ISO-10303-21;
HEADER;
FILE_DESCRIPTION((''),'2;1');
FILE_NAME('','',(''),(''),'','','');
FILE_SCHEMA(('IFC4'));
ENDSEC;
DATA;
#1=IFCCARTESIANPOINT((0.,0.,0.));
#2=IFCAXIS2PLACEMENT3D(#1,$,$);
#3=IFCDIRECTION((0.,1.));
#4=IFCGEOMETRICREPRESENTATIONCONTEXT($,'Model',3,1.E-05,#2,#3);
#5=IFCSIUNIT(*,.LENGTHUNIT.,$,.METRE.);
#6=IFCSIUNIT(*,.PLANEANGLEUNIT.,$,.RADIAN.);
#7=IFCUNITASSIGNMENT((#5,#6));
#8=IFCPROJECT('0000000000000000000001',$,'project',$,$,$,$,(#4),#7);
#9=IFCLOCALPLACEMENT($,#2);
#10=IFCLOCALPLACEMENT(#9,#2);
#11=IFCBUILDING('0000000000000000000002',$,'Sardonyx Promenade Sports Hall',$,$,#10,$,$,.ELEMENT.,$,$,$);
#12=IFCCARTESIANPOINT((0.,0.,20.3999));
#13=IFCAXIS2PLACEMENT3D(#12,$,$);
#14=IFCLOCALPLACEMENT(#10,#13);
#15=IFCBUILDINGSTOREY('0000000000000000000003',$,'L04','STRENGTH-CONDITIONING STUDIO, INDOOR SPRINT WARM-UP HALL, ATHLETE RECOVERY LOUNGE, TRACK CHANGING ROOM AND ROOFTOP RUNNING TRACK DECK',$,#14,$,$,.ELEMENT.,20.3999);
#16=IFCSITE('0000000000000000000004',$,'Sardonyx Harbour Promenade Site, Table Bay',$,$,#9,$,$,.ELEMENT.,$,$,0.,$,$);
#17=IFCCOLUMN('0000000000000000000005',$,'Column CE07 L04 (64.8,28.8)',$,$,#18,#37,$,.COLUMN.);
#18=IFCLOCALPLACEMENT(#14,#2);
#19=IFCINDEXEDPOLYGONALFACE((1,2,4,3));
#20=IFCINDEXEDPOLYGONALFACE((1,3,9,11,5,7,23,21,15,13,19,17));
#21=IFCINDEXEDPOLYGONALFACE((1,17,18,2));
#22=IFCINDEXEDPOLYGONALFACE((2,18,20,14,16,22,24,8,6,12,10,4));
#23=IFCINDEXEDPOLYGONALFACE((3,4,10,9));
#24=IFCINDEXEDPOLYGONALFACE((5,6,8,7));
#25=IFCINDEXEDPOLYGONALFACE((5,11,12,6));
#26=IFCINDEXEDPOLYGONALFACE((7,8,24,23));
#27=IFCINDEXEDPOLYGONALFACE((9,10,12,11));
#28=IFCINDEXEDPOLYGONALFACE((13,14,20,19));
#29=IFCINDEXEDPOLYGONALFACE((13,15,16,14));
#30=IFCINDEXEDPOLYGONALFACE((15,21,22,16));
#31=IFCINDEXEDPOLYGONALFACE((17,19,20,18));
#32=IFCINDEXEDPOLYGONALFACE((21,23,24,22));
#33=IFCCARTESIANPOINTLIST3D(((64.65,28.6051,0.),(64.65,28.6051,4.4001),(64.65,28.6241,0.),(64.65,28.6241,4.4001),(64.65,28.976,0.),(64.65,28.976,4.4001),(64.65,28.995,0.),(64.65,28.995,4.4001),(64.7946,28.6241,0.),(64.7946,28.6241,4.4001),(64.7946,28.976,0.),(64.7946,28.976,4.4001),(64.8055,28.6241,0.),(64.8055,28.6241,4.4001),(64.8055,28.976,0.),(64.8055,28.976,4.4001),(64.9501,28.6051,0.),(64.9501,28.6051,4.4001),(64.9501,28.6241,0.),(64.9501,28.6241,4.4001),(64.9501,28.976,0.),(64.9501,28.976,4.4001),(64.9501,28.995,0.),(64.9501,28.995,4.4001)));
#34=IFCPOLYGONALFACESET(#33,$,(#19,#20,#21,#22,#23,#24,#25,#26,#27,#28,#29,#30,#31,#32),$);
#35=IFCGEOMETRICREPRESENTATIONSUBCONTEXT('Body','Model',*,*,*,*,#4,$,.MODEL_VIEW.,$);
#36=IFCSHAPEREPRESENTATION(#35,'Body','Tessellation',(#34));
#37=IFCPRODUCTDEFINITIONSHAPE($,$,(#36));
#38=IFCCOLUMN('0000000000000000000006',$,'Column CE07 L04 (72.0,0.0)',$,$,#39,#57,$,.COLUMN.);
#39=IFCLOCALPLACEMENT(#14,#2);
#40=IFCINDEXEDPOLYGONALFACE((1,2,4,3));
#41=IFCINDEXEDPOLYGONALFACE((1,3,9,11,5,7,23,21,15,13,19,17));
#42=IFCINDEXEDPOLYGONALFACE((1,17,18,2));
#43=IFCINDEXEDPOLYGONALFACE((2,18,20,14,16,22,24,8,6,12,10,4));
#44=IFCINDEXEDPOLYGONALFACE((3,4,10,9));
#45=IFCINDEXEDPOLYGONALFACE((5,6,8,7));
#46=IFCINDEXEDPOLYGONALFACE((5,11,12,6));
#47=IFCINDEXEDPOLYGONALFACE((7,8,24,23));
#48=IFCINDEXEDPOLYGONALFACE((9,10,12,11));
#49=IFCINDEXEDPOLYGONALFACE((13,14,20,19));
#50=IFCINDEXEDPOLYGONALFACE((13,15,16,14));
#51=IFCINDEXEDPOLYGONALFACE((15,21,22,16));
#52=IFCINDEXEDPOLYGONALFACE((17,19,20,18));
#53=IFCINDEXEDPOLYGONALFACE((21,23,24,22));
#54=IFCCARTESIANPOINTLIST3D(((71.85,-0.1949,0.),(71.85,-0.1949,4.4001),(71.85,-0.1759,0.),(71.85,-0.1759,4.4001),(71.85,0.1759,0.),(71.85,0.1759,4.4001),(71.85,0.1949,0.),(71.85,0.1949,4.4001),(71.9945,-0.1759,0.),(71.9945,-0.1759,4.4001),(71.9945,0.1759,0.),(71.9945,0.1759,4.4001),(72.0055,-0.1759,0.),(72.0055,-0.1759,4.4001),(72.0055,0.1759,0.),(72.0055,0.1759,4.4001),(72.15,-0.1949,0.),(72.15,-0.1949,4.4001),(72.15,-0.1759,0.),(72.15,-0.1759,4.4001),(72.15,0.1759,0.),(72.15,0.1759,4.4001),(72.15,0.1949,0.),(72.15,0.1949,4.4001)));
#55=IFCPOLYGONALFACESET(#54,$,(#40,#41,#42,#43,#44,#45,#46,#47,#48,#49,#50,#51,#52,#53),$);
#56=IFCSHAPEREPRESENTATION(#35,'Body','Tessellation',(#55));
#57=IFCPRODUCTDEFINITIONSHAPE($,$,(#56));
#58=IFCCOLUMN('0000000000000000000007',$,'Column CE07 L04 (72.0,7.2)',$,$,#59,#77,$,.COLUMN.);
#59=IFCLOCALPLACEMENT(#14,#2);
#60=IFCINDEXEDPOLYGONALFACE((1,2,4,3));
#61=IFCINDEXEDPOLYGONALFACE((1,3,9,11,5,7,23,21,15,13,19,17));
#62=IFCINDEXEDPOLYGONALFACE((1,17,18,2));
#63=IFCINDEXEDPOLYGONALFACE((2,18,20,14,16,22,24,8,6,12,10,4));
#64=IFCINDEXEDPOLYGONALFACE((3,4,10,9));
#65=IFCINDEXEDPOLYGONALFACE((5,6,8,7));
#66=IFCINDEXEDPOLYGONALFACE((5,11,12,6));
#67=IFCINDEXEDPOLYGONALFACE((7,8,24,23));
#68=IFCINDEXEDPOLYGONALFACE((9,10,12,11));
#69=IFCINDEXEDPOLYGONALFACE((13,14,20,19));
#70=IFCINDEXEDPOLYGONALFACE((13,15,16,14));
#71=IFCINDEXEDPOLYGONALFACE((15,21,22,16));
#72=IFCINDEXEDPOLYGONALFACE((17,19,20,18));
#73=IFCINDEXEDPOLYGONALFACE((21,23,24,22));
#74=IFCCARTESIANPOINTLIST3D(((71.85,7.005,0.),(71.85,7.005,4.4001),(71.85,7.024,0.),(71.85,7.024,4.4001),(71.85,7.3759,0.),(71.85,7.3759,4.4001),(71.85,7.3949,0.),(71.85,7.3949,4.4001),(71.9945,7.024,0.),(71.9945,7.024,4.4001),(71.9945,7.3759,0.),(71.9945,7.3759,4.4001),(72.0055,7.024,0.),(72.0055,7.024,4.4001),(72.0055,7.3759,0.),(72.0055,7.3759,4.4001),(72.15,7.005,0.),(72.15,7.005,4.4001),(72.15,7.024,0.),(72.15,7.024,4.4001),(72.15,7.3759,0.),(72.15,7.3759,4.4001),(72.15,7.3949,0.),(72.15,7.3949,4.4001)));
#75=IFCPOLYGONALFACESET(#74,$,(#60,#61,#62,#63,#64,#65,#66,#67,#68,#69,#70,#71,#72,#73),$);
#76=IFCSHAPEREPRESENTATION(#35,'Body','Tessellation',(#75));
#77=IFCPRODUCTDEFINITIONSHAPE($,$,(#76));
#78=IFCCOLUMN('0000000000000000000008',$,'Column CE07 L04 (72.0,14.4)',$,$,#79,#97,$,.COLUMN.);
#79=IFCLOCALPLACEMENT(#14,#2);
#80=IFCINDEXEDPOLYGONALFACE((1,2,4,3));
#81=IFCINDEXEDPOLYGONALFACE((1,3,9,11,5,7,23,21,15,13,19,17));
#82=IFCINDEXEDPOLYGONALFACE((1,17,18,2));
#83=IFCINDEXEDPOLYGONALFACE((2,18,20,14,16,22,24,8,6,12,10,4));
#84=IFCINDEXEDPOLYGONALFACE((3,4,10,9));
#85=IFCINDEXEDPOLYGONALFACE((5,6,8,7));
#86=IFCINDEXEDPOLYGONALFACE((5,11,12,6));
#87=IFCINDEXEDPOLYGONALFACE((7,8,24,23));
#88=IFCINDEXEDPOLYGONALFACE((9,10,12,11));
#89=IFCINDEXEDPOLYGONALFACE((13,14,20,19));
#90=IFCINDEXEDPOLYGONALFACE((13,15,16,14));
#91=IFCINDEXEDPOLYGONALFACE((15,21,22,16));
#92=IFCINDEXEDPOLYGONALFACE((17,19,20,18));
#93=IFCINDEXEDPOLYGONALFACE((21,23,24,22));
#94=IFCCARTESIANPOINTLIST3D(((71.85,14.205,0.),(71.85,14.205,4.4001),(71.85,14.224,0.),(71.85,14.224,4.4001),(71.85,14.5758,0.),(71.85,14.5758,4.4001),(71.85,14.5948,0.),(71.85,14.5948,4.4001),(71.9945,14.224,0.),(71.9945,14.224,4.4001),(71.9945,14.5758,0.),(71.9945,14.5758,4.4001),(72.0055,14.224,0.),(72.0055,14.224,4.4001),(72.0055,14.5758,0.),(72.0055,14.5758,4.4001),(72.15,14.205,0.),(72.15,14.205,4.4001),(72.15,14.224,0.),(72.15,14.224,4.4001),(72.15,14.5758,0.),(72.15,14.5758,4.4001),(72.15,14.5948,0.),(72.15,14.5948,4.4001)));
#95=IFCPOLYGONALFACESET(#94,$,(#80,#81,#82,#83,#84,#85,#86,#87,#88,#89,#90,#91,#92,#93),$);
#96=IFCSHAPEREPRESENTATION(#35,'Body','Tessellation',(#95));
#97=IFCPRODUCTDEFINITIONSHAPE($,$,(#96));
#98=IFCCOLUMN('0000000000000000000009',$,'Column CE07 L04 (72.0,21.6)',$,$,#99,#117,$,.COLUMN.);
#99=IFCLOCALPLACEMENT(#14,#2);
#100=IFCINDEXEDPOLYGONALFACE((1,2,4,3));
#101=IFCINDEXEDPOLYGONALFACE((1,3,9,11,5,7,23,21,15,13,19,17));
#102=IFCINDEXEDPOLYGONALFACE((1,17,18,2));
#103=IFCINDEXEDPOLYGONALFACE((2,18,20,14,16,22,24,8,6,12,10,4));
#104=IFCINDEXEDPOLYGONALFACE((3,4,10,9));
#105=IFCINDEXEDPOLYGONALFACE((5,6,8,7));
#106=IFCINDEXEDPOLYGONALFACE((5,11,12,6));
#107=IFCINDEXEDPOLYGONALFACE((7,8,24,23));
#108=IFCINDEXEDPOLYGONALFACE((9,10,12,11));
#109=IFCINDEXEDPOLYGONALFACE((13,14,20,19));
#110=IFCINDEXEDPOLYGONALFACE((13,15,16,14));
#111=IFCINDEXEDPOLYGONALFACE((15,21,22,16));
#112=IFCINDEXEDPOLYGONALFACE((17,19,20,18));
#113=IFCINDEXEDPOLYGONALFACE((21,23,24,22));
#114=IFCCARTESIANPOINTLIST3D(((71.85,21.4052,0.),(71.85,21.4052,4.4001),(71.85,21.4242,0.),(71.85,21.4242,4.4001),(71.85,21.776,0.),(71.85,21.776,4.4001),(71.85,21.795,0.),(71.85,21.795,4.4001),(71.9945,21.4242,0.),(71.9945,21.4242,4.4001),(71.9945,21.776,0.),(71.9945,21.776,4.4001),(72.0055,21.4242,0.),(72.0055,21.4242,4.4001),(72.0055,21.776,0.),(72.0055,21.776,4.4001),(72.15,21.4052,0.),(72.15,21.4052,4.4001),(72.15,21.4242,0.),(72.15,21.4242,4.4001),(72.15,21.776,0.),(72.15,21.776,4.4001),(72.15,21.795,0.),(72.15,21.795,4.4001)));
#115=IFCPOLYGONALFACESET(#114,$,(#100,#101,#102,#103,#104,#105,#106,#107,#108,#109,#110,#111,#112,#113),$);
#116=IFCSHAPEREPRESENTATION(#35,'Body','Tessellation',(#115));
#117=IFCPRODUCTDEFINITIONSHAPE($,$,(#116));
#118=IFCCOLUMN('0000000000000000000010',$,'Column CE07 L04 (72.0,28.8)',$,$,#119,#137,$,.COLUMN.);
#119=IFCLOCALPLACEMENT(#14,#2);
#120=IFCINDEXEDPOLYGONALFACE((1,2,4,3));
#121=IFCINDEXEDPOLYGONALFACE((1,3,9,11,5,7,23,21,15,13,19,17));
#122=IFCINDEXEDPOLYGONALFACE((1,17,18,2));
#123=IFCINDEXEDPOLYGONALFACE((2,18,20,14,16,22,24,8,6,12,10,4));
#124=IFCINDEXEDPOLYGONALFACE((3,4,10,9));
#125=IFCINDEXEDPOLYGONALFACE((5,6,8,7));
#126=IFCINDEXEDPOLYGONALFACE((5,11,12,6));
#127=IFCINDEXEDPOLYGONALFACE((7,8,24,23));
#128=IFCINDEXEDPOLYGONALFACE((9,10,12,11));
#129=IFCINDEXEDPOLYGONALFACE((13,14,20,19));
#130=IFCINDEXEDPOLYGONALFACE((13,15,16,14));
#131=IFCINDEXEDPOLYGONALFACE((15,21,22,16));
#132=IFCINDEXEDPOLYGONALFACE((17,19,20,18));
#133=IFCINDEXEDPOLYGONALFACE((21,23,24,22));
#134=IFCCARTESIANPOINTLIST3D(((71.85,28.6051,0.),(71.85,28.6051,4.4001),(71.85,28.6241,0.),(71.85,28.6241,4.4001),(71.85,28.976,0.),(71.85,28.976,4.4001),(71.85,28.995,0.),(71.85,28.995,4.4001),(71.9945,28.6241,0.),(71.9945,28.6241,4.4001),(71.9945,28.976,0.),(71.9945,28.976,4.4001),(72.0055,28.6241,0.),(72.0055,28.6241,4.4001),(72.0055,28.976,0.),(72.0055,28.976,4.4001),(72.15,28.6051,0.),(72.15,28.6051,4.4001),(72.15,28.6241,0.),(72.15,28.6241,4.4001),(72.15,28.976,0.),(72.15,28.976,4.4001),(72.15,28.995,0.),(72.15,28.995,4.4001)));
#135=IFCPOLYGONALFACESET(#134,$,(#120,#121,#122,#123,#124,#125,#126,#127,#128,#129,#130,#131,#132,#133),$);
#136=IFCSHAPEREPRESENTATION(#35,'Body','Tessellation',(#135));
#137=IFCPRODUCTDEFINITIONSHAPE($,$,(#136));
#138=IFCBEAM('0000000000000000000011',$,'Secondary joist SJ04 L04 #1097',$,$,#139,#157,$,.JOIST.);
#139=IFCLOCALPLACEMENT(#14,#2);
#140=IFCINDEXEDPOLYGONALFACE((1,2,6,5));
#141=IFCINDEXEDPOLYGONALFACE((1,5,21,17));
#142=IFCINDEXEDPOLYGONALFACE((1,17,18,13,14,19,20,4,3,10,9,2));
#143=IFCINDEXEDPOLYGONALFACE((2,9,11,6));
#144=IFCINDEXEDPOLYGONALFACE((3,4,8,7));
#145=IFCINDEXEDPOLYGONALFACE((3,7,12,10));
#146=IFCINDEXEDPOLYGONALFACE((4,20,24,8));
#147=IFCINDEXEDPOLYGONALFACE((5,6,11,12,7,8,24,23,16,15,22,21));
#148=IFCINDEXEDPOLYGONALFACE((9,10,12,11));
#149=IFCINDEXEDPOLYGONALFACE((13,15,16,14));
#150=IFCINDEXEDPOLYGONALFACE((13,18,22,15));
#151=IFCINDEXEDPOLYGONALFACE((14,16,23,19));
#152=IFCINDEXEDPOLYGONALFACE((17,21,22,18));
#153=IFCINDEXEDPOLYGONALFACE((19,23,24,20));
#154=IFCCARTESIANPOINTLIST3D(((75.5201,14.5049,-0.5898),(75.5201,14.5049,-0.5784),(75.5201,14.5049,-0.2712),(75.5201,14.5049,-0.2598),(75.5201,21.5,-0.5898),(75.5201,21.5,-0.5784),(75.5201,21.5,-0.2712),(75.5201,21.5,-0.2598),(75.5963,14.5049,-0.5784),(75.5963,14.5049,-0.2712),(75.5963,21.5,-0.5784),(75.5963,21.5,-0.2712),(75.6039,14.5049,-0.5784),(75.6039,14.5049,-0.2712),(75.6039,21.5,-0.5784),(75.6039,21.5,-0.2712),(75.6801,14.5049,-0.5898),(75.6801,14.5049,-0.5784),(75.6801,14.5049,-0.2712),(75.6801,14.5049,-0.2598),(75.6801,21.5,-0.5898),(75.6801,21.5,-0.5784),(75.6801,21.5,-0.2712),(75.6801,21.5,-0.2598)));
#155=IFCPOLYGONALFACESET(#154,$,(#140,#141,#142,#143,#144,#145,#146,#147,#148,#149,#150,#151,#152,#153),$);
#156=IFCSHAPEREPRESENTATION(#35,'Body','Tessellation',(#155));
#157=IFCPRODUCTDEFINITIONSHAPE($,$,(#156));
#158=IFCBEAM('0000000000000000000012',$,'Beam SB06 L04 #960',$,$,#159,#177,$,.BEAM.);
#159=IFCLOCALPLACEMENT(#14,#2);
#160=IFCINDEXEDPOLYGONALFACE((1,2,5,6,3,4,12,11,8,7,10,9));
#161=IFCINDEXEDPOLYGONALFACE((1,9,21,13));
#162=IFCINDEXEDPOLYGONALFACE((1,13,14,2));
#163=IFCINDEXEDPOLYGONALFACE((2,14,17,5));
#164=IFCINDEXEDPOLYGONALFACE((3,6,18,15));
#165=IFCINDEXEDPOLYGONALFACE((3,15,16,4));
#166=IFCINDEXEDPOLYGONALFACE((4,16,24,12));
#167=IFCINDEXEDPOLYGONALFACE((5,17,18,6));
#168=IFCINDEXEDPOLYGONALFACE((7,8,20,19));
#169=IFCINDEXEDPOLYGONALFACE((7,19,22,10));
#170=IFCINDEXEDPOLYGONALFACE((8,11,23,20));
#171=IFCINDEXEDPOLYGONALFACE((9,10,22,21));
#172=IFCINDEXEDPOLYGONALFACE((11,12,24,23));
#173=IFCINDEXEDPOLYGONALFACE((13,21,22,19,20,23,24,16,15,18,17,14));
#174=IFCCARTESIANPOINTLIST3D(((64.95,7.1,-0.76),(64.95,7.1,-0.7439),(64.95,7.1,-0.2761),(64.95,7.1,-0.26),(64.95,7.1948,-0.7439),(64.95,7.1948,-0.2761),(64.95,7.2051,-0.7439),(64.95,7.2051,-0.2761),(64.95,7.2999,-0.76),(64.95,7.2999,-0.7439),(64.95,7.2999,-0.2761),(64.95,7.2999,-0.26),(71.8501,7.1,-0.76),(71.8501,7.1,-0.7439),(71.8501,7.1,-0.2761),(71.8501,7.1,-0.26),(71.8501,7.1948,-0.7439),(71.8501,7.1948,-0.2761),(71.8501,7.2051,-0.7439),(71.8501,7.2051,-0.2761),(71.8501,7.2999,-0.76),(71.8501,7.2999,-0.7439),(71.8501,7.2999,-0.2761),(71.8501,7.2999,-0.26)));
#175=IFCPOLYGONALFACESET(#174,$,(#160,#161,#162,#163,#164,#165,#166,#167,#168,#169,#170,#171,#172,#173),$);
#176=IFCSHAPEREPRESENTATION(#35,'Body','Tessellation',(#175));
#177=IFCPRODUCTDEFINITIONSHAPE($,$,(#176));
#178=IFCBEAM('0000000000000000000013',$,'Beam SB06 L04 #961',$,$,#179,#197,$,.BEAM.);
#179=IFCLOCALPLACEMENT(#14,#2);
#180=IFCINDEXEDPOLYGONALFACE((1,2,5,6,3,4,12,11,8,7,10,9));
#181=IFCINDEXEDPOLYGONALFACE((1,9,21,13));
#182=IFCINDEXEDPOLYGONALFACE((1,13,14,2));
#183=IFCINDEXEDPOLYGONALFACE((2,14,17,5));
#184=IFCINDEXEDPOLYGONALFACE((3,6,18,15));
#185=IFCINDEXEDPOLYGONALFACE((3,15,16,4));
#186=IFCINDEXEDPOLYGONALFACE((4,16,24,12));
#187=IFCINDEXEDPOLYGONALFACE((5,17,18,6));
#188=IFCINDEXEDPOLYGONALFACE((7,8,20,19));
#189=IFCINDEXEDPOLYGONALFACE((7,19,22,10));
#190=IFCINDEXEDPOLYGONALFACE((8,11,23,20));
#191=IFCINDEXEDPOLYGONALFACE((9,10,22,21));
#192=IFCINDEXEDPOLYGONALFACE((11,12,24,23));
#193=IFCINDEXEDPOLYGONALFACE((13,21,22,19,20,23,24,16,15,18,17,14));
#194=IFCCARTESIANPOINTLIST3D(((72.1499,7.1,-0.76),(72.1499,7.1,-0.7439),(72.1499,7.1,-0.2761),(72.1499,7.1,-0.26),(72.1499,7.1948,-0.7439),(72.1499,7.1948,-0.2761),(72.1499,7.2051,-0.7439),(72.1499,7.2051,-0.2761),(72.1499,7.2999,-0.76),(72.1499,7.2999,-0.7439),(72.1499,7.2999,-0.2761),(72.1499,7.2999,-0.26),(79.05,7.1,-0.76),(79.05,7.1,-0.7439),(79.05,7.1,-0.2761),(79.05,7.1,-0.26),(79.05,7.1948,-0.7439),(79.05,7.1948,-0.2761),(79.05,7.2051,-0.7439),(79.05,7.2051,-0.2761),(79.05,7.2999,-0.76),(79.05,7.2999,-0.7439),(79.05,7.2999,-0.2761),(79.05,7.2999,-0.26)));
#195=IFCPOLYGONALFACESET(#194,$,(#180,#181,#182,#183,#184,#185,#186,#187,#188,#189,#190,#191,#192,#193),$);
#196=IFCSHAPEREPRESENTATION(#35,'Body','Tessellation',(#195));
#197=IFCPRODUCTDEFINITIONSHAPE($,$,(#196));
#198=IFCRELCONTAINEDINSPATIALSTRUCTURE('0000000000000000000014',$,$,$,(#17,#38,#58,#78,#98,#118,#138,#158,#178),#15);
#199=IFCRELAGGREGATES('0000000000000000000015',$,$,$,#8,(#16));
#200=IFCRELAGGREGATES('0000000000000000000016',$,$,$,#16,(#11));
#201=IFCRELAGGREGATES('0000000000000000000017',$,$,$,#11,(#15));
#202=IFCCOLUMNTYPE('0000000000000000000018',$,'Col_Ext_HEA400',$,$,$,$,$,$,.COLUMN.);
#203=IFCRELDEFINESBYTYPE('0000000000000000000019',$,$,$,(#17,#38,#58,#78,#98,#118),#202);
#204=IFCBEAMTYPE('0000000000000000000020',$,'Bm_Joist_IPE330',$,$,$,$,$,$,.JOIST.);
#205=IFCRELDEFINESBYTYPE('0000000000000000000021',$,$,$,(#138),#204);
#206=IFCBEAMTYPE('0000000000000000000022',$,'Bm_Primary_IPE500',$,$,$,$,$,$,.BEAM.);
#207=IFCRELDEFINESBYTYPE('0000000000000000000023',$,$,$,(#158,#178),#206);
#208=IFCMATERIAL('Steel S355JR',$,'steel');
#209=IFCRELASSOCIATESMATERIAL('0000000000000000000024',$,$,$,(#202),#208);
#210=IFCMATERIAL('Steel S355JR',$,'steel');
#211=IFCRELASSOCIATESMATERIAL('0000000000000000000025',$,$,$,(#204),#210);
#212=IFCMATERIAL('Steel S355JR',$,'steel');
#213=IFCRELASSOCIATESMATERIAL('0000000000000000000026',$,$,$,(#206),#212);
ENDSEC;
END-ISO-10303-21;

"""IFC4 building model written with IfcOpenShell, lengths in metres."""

from ifc_helpers import new_model, si_unit, direction, frame, origin, origin_2d, place, context, subcontext, project, spatial, i_section, extrude, material, material_profile, profile_set, type_object, element, save


model = new_model("IFC4")

# Units and contexts
model_context = context("Model", 3, precision=1e-05, world=origin(), true_north=direction((0.0, 1.0)))
body_context = subcontext(model_context, "Body", "Model", "MODEL_VIEW")
ifc_project = project(units=[si_unit("LENGTHUNIT", "METRE"), si_unit("PLANEANGLEUNIT", "RADIAN")], contexts=[model_context])

# Site, building, storey
site_placement = place(None, origin())
site = spatial("IfcSite", under=ifc_project, at=site_placement, Name="Sardonyx Harbour Promenade Site, Table Bay", CompositionType="ELEMENT", RefElevation=0.0)
building_placement = place(site_placement, origin())
building = spatial("IfcBuilding", under=site, at=building_placement, Name="Sardonyx Promenade Sports Hall", CompositionType="ELEMENT")
storey_placement = place(building_placement, frame((0.0, 0.0, 20.3999)))
storey = spatial("IfcBuildingStorey", under=building, at=storey_placement, Name="L04", Description="STRENGTH-CONDITIONING STUDIO, INDOOR SPRINT WARM-UP HALL, ATHLETE RECOVERY LOUNGE, TRACK CHANGING ROOM AND ROOFTOP RUNNING TRACK DECK", CompositionType="ELEMENT", Elevation=20.3999)

# Columns
ifc_material_1 = material(Name="Steel S355JR", Category="steel")
ifc_material_profile_1 = material_profile(ifc_material_1, i_section(OverallWidth=0.3, OverallDepth=0.3899, WebThickness=0.011, FlangeThickness=0.019, at=origin_2d()))
ifc_profile_set_1 = profile_set([ifc_material_profile_1], Name="Steel S355JR")
column_type = type_object("IfcColumnType", Name="Col_Ext_HEA400", PredefinedType="COLUMN", material=ifc_profile_set_1)
for number, where, z_axis, x_axis, name in (
    (1, (64.8, 28.8, 0.0), (0.0, 0.0, 1.0), (1.0, 0.0, 0.0), "Column CE07 L04 (64.8,28.8)"),
    (2, (72.0, 0.0, 0.0), (0.0, 0.0, 1.0), (1.0, 0.0, 0.0), "Column CE07 L04 (72.0,0.0)"),
    (3, (72.0, 7.2, 0.0), (0.0, 0.0, 1.0), (1.0, 0.0, 0.0), "Column CE07 L04 (72.0,7.2)"),
    (4, (72.0, 14.3999, 0.0), (0.0, 0.0, 1.0), (1.0, 0.0, 0.0), "Column CE07 L04 (72.0,14.4)"),
    (5, (72.0, 21.6001, 0.0), (0.0, 0.0, 1.0), (1.0, 0.0, 0.0), "Column CE07 L04 (72.0,21.6)"),
    (6, (72.0, 28.8, 0.0), (0.0, 0.0, 1.0), (1.0, 0.0, 0.0), "Column CE07 L04 (72.0,28.8)"),
):
    element("IfcColumn", number, at=place(storey_placement, frame(where, z_axis=z_axis, x_axis=x_axis)), inside=storey, type_object=column_type, Name=name, PredefinedType="COLUMN", context=body_context, shape_type="SweptSolid", body=[
        extrude(i_section(OverallWidth=0.3, OverallDepth=0.3899, WebThickness=0.011, FlangeThickness=0.019, at=origin_2d()), origin(), (0.0, 0.0, 1.0), 4.4001),
    ])

# Beams
ifc_material_2 = material(Name="Steel S355JR", Category="steel")
ifc_material_profile_2 = material_profile(ifc_material_2, i_section(OverallWidth=0.1599, OverallDepth=0.3301, WebThickness=0.0076, FlangeThickness=0.0115, at=origin_2d()))
ifc_profile_set_2 = profile_set([ifc_material_profile_2], Name="Steel S355JR")
beam_type_1 = type_object("IfcBeamType", Name="Bm_Joist_IPE330", PredefinedType="JOIST", material=ifc_profile_set_2)
beam_1_placement = place(storey_placement, frame((75.6001, 14.5049, -0.4248), z_axis=(0.0, 1.0, 0.0), x_axis=(-1.0, 0.0, 0.0)))
element("IfcBeam", 7, at=beam_1_placement, inside=storey, type_object=beam_type_1, Name="Secondary joist SJ04 L04 #1097", PredefinedType="JOIST", context=body_context, shape_type="SweptSolid", body=[
    extrude(i_section(OverallWidth=0.1599, OverallDepth=0.3301, WebThickness=0.0076, FlangeThickness=0.0115, at=origin_2d()), origin(), (0.0, 0.0, 1.0), 6.9951),
])
ifc_material_3 = material(Name="Steel S355JR", Category="steel")
ifc_material_profile_3 = material_profile(ifc_material_3, i_section(OverallWidth=0.2, OverallDepth=0.5, WebThickness=0.0103, FlangeThickness=0.0161, at=origin_2d()))
ifc_profile_set_3 = profile_set([ifc_material_profile_3], Name="Steel S355JR")
beam_type_2 = type_object("IfcBeamType", Name="Bm_Primary_IPE500", PredefinedType="BEAM", material=ifc_profile_set_3)
for number, where, z_axis, x_axis, name in (
    (8, (64.95, 7.2, -0.51), (1.0, 0.0, 0.0), (0.0, 1.0, 0.0), "Beam SB06 L04 #960"),
    (9, (72.1499, 7.2, -0.51), (1.0, 0.0, 0.0), (0.0, 1.0, 0.0), "Beam SB06 L04 #961"),
):
    element("IfcBeam", number, at=place(storey_placement, frame(where, z_axis=z_axis, x_axis=x_axis)), inside=storey, type_object=beam_type_2, Name=name, PredefinedType="BEAM", context=body_context, shape_type="SweptSolid", body=[
        extrude(i_section(OverallWidth=0.2, OverallDepth=0.5, WebThickness=0.0103, FlangeThickness=0.0161, at=origin_2d()), origin(), (0.0, 0.0, 1.0), 6.9001),
    ])

save(model, "model.ifc")
